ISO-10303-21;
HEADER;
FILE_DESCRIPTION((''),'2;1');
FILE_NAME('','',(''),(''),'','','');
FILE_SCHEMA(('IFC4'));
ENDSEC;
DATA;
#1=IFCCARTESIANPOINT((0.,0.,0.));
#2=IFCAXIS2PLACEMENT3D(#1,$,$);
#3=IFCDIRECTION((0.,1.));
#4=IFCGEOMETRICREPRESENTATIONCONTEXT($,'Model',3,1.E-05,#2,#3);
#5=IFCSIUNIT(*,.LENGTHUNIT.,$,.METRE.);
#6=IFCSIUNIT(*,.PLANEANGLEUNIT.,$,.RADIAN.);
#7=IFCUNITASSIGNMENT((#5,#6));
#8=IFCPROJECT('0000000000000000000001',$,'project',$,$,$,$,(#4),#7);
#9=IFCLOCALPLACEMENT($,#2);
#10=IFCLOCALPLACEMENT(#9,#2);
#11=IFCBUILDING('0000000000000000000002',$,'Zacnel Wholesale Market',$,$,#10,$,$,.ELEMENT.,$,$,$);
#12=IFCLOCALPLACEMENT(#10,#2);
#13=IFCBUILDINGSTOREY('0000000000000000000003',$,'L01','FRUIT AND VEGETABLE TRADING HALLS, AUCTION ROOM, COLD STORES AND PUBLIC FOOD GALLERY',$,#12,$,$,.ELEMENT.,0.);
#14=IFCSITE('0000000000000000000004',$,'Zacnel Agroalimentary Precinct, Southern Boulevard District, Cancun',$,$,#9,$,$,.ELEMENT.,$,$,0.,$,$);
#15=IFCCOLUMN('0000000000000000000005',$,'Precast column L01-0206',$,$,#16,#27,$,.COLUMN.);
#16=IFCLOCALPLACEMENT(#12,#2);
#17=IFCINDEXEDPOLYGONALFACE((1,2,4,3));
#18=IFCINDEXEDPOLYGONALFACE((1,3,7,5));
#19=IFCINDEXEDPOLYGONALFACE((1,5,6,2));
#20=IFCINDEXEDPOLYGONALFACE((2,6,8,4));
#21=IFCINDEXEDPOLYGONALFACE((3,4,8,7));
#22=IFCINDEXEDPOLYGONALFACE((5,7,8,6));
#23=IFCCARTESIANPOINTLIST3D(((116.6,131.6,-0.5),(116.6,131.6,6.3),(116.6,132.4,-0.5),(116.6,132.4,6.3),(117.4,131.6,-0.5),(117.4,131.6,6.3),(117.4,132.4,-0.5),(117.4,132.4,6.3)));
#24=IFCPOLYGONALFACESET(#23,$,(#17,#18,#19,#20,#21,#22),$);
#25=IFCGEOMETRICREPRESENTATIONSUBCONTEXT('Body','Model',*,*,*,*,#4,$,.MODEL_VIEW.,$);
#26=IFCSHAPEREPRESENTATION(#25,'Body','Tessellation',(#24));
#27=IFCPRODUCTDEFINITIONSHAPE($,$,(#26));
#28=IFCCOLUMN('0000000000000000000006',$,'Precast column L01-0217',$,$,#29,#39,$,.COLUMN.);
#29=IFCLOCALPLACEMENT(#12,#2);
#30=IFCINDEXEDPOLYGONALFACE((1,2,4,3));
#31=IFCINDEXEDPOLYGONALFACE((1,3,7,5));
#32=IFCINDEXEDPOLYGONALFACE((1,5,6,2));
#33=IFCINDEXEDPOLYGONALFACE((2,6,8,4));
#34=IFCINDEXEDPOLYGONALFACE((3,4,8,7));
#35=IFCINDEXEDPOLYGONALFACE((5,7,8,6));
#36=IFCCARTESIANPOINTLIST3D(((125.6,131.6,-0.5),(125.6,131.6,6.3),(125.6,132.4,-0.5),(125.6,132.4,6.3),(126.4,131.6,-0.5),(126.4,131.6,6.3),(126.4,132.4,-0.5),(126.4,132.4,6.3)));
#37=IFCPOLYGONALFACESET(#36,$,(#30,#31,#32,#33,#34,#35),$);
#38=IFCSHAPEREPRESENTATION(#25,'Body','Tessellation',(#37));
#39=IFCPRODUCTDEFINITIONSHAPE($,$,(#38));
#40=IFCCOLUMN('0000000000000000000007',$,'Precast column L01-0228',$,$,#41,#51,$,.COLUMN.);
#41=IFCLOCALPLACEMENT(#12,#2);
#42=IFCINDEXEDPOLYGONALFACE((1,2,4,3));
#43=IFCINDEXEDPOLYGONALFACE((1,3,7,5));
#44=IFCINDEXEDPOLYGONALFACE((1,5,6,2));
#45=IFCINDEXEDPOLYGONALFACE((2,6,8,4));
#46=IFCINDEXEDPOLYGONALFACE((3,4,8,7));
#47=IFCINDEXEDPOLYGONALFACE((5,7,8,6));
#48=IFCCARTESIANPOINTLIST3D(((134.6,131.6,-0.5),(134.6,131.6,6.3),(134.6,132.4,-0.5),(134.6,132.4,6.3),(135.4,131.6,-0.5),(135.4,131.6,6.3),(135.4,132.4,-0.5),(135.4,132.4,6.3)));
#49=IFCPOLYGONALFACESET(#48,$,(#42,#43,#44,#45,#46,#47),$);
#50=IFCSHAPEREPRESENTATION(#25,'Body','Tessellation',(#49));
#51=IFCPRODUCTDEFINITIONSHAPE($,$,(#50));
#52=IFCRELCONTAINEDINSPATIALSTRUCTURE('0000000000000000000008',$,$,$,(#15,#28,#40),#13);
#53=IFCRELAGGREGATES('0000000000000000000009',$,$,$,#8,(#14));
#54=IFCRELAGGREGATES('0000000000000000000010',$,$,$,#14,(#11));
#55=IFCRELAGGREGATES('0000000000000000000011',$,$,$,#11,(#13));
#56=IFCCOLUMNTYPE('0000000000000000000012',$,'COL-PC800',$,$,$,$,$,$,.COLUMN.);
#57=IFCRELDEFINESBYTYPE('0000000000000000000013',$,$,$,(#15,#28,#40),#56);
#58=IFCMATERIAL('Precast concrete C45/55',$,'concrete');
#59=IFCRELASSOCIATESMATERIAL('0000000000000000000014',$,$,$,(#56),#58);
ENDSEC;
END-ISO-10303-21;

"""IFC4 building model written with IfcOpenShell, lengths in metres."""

from ifc_helpers import new_model, si_unit, direction, frame, origin, origin_2d, place, context, subcontext, project, spatial, rectangle, extrude, material, material_profile, profile_set, type_object, element, save


model = new_model("IFC4")

# Units and contexts
model_context = context("Model", 3, precision=1e-05, world=origin(), true_north=direction((0.0, 1.0)))
body_context = subcontext(model_context, "Body", "Model", "MODEL_VIEW")
ifc_project = project(units=[si_unit("LENGTHUNIT", "METRE"), si_unit("PLANEANGLEUNIT", "RADIAN")], contexts=[model_context])

# Site, building, storey
site_placement = place(None, origin())
site = spatial("IfcSite", under=ifc_project, at=site_placement, Name="Zacnel Agroalimentary Precinct, Southern Boulevard District, Cancun", CompositionType="ELEMENT", RefElevation=0.0)
building_placement = place(site_placement, origin())
building = spatial("IfcBuilding", under=site, at=building_placement, Name="Zacnel Wholesale Market", CompositionType="ELEMENT")
storey_placement = place(building_placement, origin())
storey = spatial("IfcBuildingStorey", under=building, at=storey_placement, Name="L01", Description="FRUIT AND VEGETABLE TRADING HALLS, AUCTION ROOM, COLD STORES AND PUBLIC FOOD GALLERY", CompositionType="ELEMENT", Elevation=0.0)

# Columns
ifc_material_1 = material(Name="Precast concrete C45/55", Category="concrete")
ifc_material_profile_1 = material_profile(ifc_material_1, rectangle(XDim=0.8, YDim=0.8, at=origin_2d()), Name="PC 800x800")
ifc_profile_set_1 = profile_set([ifc_material_profile_1], Name="Precast concrete C45/55")
column_type = type_object("IfcColumnType", Name="COL-PC800", PredefinedType="COLUMN", material=ifc_profile_set_1)
for number, where, z_axis, x_axis, name in (
    (1, (117.0, 132.0, -0.5), (0.0, 0.0, 1.0), (1.0, 0.0, 0.0), "Precast column L01-0206"),
    (2, (126.0, 132.0, -0.5), (0.0, 0.0, 1.0), (1.0, 0.0, 0.0), "Precast column L01-0217"),
    (3, (135.0, 132.0, -0.5), (0.0, 0.0, 1.0), (1.0, 0.0, 0.0), "Precast column L01-0228"),
):
    element("IfcColumn", number, at=place(storey_placement, frame(where, z_axis=z_axis, x_axis=x_axis)), inside=storey, type_object=column_type, Name=name, PredefinedType="COLUMN", context=body_context, shape_type="SweptSolid", body=[
        extrude(rectangle(XDim=0.8, YDim=0.8, at=origin_2d()), origin(), (0.0, 0.0, 1.0), 6.8),
    ])

save(model, "model.ifc")
